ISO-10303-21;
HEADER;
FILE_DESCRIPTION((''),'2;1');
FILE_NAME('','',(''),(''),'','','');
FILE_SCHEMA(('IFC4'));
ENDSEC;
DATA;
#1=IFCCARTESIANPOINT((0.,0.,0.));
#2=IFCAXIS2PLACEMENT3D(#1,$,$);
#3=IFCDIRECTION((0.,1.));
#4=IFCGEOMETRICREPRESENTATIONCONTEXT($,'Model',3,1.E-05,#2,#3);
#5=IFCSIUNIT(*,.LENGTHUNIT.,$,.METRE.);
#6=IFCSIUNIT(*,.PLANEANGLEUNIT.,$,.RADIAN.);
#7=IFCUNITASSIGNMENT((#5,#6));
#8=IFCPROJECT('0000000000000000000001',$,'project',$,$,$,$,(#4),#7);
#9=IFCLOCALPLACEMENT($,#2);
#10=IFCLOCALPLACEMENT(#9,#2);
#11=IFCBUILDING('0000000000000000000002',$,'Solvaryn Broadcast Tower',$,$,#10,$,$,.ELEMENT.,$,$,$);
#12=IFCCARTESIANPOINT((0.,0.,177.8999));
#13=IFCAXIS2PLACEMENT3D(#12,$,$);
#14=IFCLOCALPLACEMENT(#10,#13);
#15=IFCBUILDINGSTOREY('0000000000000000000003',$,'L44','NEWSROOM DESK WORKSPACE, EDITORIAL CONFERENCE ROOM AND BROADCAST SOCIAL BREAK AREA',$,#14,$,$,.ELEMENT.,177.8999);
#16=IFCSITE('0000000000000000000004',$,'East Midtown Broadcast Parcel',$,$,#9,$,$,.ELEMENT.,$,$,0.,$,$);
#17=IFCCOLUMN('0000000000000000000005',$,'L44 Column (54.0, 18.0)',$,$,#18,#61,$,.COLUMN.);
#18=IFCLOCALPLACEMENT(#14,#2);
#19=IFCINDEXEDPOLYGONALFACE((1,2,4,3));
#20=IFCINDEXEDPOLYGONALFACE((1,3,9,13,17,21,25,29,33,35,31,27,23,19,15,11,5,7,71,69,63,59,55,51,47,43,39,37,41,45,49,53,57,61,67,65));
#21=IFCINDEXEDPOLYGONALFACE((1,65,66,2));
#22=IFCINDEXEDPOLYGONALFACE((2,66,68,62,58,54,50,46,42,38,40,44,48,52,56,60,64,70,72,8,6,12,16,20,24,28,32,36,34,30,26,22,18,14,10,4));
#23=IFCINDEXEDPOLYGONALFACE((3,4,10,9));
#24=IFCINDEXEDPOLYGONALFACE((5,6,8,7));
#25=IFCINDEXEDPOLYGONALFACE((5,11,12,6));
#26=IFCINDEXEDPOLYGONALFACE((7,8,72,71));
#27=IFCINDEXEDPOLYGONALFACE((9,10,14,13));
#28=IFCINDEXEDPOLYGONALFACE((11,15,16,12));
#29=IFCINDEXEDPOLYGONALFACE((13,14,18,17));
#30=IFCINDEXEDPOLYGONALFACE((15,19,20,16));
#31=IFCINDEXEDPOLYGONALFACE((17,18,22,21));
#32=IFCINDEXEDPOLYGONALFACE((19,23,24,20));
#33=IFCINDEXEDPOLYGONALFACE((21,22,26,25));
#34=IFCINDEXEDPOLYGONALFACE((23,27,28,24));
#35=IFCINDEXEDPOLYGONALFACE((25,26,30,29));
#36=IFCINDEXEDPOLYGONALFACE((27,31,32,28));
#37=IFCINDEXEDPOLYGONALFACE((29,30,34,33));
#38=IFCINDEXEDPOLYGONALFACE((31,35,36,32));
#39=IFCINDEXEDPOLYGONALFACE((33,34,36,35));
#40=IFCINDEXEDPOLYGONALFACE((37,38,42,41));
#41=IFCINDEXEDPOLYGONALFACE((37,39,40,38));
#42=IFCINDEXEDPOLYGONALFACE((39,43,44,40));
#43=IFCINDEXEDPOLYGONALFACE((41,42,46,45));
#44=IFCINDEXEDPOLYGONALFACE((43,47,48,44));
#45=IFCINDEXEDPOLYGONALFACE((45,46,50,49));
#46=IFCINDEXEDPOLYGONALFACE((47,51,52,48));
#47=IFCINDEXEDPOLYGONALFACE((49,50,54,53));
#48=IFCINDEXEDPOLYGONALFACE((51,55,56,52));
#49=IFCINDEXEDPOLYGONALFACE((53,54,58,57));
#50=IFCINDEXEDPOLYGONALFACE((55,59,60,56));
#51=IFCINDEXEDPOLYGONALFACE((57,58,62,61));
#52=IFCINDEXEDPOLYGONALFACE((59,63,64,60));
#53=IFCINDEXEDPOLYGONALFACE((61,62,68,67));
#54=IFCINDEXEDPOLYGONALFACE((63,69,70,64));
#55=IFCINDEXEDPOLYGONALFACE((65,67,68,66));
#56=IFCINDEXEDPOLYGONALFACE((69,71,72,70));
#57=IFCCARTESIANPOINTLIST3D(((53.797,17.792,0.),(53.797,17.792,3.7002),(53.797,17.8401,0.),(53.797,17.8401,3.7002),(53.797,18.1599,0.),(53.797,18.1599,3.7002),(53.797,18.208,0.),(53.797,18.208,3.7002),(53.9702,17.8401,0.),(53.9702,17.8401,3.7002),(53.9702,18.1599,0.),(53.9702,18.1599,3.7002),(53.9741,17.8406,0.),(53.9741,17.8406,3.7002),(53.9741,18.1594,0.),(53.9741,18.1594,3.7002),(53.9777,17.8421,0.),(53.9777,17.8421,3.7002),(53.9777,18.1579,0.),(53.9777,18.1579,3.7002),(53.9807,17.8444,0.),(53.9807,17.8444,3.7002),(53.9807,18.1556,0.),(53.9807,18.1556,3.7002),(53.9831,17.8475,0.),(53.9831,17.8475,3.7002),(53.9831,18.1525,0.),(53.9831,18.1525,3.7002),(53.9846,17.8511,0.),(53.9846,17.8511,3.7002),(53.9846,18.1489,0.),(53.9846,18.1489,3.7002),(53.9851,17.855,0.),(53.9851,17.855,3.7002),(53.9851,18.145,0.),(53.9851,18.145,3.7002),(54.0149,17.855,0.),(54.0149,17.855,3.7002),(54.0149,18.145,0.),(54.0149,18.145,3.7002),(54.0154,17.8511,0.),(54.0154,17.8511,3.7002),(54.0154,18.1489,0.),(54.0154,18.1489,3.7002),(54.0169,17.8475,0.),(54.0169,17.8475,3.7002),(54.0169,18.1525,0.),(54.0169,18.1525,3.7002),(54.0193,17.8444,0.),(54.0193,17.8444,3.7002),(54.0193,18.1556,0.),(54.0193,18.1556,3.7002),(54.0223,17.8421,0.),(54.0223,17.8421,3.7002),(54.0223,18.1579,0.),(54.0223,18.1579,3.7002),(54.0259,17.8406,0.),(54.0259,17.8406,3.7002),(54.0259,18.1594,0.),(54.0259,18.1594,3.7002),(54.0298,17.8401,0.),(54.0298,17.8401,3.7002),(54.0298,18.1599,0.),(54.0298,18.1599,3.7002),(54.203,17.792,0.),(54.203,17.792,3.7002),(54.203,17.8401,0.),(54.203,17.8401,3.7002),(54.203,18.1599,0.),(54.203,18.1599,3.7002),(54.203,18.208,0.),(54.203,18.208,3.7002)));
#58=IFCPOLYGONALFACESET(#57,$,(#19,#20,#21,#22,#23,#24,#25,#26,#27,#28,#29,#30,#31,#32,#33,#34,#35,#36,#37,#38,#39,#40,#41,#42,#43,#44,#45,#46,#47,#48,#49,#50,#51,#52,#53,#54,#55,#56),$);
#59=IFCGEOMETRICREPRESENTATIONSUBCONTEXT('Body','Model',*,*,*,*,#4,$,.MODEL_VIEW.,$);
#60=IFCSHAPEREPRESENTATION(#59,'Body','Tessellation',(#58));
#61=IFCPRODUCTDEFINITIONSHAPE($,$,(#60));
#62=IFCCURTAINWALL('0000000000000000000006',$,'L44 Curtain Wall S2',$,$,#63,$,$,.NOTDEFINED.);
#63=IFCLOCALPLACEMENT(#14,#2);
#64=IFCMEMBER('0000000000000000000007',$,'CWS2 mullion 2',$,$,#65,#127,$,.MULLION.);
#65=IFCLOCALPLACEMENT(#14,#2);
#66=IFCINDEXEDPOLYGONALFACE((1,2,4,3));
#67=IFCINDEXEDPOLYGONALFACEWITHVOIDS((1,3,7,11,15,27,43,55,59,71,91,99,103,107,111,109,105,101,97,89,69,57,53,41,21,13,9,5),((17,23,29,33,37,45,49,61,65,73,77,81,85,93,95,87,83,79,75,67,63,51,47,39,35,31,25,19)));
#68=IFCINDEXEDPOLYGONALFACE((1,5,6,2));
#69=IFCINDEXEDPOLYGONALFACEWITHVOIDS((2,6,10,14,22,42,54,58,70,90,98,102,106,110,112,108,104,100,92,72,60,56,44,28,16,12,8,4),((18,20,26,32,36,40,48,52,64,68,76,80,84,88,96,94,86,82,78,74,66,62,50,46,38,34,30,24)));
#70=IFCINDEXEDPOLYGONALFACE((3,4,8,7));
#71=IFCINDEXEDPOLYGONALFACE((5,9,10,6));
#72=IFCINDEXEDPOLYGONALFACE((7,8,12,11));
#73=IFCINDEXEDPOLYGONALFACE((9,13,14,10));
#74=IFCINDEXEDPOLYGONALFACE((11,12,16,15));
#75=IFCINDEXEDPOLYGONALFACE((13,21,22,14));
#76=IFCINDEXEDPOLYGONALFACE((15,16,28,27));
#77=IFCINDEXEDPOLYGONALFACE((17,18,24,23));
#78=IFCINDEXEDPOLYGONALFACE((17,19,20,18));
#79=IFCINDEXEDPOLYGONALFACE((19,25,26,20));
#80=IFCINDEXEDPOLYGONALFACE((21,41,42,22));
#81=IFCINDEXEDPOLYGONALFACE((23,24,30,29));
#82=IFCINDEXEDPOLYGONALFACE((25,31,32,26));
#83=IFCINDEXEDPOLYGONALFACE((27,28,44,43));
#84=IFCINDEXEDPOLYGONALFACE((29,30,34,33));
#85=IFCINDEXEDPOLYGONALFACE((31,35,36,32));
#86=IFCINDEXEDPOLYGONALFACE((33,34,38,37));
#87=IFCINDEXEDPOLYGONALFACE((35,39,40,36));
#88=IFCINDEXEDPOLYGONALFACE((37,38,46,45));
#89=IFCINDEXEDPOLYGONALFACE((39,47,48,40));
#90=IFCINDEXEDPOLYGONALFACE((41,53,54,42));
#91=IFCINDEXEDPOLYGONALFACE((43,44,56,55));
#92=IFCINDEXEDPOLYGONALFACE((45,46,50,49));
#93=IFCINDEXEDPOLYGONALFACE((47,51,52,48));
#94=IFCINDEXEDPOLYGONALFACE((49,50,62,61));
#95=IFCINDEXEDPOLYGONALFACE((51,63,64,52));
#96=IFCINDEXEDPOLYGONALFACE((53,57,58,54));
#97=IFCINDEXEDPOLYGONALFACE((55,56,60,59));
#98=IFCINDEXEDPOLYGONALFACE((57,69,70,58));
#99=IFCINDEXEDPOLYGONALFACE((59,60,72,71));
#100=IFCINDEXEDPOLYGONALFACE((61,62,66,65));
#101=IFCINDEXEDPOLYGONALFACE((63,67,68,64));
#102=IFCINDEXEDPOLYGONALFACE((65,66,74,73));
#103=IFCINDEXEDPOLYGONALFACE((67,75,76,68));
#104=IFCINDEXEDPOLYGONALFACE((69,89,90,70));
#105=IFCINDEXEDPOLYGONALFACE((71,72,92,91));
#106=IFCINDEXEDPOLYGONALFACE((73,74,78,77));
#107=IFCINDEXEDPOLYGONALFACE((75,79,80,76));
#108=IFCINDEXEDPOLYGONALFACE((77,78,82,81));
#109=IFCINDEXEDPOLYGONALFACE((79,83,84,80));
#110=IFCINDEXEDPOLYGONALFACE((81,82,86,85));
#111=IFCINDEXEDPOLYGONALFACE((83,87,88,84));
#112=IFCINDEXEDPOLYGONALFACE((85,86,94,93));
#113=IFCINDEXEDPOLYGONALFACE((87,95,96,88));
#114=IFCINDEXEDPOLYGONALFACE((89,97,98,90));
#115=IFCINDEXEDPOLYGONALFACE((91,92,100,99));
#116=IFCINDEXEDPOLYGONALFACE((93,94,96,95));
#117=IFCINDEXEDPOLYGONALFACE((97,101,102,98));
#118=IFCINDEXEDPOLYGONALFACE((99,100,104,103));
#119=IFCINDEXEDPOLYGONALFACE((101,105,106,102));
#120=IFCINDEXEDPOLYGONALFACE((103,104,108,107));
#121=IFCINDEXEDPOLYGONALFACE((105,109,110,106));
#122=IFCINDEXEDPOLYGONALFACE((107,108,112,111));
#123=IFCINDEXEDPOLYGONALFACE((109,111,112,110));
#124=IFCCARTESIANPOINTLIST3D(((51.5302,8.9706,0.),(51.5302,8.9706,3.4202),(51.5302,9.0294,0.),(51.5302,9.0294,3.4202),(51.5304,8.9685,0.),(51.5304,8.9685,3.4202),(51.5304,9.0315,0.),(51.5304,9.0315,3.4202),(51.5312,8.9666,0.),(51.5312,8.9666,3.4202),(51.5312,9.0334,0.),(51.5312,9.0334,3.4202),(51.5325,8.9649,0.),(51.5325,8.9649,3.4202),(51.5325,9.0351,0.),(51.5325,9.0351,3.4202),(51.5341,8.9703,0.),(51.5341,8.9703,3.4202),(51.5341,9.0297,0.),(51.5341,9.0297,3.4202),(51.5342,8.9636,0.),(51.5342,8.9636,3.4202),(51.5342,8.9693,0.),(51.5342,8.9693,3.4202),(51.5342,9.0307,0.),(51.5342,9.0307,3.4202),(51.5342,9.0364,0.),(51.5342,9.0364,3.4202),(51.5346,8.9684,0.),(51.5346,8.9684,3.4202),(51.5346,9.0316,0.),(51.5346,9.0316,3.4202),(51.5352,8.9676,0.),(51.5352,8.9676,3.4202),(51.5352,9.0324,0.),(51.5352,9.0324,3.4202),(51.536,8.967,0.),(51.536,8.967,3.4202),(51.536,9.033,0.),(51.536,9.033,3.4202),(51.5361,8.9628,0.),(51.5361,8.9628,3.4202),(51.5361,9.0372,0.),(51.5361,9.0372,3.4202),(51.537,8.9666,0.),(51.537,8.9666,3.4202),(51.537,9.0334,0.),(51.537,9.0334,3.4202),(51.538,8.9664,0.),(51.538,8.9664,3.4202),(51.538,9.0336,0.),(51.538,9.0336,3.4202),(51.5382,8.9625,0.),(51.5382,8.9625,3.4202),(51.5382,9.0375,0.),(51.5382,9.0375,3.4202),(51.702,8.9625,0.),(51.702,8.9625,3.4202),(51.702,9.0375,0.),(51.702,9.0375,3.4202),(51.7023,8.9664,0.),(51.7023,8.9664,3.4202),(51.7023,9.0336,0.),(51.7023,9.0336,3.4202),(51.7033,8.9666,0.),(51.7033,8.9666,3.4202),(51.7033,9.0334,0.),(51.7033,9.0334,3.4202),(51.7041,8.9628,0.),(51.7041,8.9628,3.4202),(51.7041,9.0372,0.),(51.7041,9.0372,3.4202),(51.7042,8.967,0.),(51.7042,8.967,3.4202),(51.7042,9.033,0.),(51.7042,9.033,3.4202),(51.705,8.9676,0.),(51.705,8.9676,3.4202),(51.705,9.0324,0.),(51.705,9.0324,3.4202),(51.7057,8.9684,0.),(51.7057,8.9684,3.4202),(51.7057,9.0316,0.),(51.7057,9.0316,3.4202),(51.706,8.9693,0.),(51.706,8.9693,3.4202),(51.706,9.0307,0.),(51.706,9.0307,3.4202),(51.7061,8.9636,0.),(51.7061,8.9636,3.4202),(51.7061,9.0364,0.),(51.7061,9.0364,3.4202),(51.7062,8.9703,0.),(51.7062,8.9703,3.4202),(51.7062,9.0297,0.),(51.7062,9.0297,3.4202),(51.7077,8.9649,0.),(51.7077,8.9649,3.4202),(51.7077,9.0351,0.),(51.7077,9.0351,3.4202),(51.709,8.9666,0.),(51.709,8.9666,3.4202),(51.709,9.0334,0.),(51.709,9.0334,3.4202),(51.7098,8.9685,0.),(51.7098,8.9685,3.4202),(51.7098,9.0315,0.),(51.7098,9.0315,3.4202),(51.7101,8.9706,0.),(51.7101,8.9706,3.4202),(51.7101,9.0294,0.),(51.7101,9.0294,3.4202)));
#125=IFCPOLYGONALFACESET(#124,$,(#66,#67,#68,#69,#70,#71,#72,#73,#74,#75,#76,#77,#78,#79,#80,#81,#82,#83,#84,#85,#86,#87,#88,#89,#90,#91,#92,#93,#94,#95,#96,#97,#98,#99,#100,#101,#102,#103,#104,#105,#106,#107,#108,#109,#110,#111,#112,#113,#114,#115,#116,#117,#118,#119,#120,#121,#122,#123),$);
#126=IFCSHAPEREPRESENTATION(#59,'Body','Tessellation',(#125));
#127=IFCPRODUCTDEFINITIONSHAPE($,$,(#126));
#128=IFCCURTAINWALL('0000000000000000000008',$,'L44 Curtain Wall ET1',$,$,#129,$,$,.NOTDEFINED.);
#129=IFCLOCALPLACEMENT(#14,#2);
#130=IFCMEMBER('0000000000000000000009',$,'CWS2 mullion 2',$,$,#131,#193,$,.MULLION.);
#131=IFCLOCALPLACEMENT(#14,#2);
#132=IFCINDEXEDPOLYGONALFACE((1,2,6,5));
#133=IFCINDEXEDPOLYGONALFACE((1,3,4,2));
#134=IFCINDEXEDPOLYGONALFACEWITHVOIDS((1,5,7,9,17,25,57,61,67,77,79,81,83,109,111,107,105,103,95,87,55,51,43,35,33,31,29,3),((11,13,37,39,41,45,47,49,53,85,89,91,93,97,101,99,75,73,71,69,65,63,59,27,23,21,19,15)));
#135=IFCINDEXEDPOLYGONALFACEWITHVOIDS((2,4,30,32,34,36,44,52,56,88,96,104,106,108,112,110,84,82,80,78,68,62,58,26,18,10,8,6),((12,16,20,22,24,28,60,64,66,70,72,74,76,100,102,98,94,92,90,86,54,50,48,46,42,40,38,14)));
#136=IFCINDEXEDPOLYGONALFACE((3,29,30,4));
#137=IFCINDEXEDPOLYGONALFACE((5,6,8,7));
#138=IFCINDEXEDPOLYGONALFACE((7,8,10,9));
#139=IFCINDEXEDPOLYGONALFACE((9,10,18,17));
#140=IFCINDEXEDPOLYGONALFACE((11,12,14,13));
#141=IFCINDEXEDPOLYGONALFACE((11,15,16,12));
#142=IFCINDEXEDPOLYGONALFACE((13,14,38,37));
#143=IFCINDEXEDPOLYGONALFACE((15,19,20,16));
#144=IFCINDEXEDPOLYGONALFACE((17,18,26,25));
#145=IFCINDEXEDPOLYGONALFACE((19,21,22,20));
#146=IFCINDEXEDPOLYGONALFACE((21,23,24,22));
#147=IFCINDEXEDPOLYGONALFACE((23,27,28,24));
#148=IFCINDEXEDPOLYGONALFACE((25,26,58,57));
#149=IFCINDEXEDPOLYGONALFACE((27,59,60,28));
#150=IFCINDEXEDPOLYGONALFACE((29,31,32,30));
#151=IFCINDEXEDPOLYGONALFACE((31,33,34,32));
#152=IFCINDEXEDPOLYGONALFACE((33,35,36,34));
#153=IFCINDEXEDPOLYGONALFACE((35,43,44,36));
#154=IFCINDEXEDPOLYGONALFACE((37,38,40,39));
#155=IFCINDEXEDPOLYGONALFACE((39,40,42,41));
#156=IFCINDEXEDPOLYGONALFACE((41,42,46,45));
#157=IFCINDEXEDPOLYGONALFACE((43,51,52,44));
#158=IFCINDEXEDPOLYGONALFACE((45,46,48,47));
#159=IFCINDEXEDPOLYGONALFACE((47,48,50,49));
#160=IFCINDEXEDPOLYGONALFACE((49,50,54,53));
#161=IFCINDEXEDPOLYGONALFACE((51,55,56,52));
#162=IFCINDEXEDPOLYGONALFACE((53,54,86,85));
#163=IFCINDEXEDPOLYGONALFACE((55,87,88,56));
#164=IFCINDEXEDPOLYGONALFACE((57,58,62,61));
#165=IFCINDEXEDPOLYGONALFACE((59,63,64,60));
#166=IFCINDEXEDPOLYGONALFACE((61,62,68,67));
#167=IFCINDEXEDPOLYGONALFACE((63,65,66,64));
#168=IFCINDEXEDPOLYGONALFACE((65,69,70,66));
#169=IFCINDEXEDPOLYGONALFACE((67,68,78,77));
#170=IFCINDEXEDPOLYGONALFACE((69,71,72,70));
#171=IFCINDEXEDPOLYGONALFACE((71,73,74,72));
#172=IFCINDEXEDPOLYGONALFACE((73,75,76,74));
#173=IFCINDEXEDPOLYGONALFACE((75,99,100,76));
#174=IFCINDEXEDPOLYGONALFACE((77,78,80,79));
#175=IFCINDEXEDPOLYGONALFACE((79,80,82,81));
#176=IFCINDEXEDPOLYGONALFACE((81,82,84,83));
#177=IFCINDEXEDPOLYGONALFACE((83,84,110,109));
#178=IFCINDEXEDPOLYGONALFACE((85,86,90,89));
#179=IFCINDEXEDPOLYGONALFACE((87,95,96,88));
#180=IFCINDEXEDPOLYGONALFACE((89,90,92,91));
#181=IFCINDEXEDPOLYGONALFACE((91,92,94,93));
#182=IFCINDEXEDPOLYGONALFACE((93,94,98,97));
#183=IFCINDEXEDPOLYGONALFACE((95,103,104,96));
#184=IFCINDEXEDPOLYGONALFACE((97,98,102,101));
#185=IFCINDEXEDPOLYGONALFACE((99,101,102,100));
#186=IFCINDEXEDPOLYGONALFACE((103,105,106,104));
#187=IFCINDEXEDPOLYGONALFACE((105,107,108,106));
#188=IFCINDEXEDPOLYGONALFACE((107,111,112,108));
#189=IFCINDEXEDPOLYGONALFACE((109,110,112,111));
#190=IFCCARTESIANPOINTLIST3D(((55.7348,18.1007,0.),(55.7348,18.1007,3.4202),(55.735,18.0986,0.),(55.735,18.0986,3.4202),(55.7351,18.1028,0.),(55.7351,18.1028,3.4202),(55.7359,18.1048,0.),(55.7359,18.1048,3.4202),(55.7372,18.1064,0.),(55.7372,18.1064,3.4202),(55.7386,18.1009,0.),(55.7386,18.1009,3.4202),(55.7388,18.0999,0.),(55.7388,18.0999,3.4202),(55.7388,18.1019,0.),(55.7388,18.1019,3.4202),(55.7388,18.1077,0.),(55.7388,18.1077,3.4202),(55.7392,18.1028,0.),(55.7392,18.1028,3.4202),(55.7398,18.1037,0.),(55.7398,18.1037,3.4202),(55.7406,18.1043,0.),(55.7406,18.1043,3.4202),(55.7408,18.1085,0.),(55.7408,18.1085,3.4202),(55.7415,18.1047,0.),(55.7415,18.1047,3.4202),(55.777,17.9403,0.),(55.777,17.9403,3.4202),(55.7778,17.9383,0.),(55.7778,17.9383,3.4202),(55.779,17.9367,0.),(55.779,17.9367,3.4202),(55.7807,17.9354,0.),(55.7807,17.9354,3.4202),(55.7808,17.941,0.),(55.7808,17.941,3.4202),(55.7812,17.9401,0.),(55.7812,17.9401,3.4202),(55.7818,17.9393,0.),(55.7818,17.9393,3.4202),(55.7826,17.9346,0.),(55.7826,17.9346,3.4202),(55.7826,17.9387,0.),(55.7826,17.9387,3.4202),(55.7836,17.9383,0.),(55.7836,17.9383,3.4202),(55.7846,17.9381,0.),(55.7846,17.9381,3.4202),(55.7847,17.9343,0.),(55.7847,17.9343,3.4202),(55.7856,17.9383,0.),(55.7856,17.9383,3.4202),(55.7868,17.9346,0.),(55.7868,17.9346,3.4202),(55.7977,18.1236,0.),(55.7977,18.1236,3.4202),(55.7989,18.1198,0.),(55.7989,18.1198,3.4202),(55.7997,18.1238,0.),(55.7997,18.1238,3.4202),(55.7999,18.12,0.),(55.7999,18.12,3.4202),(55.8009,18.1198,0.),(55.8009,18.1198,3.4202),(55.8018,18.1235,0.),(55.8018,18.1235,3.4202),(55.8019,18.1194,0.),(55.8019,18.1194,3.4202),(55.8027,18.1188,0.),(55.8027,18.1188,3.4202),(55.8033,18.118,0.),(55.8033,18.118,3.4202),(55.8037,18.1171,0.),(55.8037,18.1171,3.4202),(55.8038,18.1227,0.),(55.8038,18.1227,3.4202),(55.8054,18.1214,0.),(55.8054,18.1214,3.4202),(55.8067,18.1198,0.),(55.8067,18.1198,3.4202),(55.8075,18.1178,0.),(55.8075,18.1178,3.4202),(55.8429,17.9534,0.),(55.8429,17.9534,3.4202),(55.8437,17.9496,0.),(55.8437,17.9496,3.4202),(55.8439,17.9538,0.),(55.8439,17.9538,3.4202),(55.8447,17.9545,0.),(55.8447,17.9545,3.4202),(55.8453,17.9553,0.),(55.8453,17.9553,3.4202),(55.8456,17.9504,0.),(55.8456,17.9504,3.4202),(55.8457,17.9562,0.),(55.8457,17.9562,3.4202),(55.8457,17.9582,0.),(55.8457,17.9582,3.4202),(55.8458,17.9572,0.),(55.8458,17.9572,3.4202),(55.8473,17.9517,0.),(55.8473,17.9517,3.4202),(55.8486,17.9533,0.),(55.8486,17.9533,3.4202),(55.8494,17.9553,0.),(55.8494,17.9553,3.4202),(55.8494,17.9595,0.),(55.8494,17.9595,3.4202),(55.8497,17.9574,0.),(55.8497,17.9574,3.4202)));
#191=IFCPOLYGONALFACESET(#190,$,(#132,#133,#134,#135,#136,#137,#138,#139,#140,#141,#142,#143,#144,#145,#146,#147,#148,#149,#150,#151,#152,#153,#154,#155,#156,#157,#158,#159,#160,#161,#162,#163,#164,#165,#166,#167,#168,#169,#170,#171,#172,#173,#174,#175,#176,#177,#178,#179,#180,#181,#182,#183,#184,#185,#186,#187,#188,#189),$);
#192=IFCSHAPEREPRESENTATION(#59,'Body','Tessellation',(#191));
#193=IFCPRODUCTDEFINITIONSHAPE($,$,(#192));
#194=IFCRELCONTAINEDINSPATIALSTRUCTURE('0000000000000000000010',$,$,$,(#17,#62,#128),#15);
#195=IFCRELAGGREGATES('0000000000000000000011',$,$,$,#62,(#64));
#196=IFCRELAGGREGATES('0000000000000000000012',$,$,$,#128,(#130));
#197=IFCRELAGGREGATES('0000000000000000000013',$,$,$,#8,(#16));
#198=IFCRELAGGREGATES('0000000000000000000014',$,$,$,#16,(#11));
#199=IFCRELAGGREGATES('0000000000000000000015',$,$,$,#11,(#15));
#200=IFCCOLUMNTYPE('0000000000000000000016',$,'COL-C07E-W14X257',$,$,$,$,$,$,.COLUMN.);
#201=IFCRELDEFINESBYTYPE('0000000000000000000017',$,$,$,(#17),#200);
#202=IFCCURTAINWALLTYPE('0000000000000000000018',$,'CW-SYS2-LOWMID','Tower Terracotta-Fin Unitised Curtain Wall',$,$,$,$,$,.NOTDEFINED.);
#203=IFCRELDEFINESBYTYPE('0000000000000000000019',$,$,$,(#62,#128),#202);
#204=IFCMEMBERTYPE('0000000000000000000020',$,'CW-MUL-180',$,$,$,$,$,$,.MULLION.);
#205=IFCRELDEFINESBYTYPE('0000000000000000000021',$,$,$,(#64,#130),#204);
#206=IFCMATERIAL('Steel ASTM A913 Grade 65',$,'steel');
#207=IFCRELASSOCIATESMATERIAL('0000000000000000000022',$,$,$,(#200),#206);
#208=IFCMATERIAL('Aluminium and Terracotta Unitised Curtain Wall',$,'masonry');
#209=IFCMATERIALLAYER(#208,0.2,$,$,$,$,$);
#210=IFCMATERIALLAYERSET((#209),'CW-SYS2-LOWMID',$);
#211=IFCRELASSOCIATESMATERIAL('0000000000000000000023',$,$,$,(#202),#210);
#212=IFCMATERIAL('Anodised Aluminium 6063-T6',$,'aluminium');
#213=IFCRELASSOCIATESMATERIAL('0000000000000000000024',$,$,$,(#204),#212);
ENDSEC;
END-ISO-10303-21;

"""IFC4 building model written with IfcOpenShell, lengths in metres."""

from ifc_helpers import new_model, si_unit, direction, frame, origin, origin_2d, place, context, subcontext, project, spatial, hollow_rectangle, i_section, extrude, material, layer, layer_set, material_profile, profile_set, type_object, element, aggregate, save


model = new_model("IFC4")

# Units and contexts
model_context = context("Model", 3, precision=1e-05, world=origin(), true_north=direction((0.0, 1.0)))
body_context = subcontext(model_context, "Body", "Model", "MODEL_VIEW")
ifc_project = project(units=[si_unit("LENGTHUNIT", "METRE"), si_unit("PLANEANGLEUNIT", "RADIAN")], contexts=[model_context])

# Site, building, storey
site_placement = place(None, origin())
site = spatial("IfcSite", under=ifc_project, at=site_placement, Name="East Midtown Broadcast Parcel", CompositionType="ELEMENT", RefElevation=0.0)
building_placement = place(site_placement, origin())
building = spatial("IfcBuilding", under=site, at=building_placement, Name="Solvaryn Broadcast Tower", CompositionType="ELEMENT")
storey_placement = place(building_placement, frame((0.0, 0.0, 177.8999)))
storey = spatial("IfcBuildingStorey", under=building, at=storey_placement, Name="L44", Description="NEWSROOM DESK WORKSPACE, EDITORIAL CONFERENCE ROOM AND BROADCAST SOCIAL BREAK AREA", CompositionType="ELEMENT", Elevation=177.8999)

# Column
ifc_material_1 = material(Name="Steel ASTM A913 Grade 65", Category="steel")
ifc_material_profile_1 = material_profile(ifc_material_1, i_section(OverallWidth=0.406, OverallDepth=0.416, WebThickness=0.0298, FlangeThickness=0.0481, FilletRadius=0.0149, at=origin_2d()))
ifc_profile_set_1 = profile_set([ifc_material_profile_1], Name="Steel ASTM A913 Grade 65")
column_type = type_object("IfcColumnType", Name="COL-C07E-W14X257", PredefinedType="COLUMN", material=ifc_profile_set_1)
column_placement = place(storey_placement, frame((54.0, 18.0, 0.0), z_axis=(0.0, 0.0, 1.0), x_axis=(1.0, 0.0, 0.0)))
element("IfcColumn", 1, at=column_placement, inside=storey, type_object=column_type, Name="L44 Column (54.0, 18.0)", PredefinedType="COLUMN", context=body_context, shape_type="SweptSolid", body=[
    extrude(i_section(OverallWidth=0.406, OverallDepth=0.416, WebThickness=0.0298, FlangeThickness=0.0481, FilletRadius=0.0149, at=origin_2d()), origin(), (0.0, 0.0, 1.0), 3.7002),
])

# Curtain walls, members
ifc_material_2 = material(Name="Aluminium and Terracotta Unitised Curtain Wall", Category="masonry")
ifc_layer_1 = layer(ifc_material_2, 0.2)
ifc_layer_set_1 = layer_set([ifc_layer_1], Name="CW-SYS2-LOWMID")
curtain_wall_type = type_object("IfcCurtainWallType", Name="CW-SYS2-LOWMID", Description="Tower Terracotta-Fin Unitised Curtain Wall", PredefinedType="NOTDEFINED", material=ifc_layer_set_1)
curtain_wall_1_placement = place(storey_placement, origin())
curtain_wall_1 = element("IfcCurtainWall", 2, at=curtain_wall_1_placement, inside=storey, type_object=curtain_wall_type, Name="L44 Curtain Wall S2", PredefinedType="NOTDEFINED")
ifc_material_3 = material(Name="Anodised Aluminium 6063-T6", Category="aluminium")
ifc_material_profile_2 = material_profile(ifc_material_3, hollow_rectangle(XDim=0.075, YDim=0.1799, WallThickness=0.0039, InnerFilletRadius=0.0039, OuterFilletRadius=0.0081, at=origin_2d()))
ifc_profile_set_2 = profile_set([ifc_material_profile_2], Name="Anodised Aluminium 6063-T6")
member_type_1 = type_object("IfcMemberType", Name="CW-MUL-180", PredefinedType="MULLION", material=ifc_profile_set_2)
member_1_placement = place(storey_placement, frame((51.6201, 9.0, 0.0), z_axis=(0.0, 0.0, 1.0), x_axis=(0.0, 1.0, 0.0)))
member_1 = element("IfcMember", 3, at=member_1_placement, type_object=member_type_1, Name="CWS2 mullion 2", PredefinedType="MULLION", context=body_context, shape_type="SweptSolid", body=[
    extrude(hollow_rectangle(XDim=0.075, YDim=0.1799, WallThickness=0.0039, InnerFilletRadius=0.0039, OuterFilletRadius=0.0081, at=origin_2d()), origin(), (0.0, 0.0, 1.0), 3.4202),
])
aggregate(curtain_wall_1, [member_1])
curtain_wall_2_placement = place(storey_placement, origin())
curtain_wall_2 = element("IfcCurtainWall", 4, at=curtain_wall_2_placement, inside=storey, type_object=curtain_wall_type, Name="L44 Curtain Wall ET1", PredefinedType="NOTDEFINED")
member_2_placement = place(storey_placement, frame((55.7922, 18.0291, 0.0), z_axis=(0.0, 0.0, 1.0), x_axis=(0.966705, 0.255893, 0.0)))
member_2 = element("IfcMember", 5, at=member_2_placement, type_object=member_type_1, Name="CWS2 mullion 2", PredefinedType="MULLION", context=body_context, shape_type="SweptSolid", body=[
    extrude(hollow_rectangle(XDim=0.075, YDim=0.1799, WallThickness=0.0039, InnerFilletRadius=0.0039, OuterFilletRadius=0.0081, at=origin_2d()), origin(), (0.0, 0.0, 1.0), 3.4202),
])
aggregate(curtain_wall_2, [member_2])

save(model, "model.ifc")
